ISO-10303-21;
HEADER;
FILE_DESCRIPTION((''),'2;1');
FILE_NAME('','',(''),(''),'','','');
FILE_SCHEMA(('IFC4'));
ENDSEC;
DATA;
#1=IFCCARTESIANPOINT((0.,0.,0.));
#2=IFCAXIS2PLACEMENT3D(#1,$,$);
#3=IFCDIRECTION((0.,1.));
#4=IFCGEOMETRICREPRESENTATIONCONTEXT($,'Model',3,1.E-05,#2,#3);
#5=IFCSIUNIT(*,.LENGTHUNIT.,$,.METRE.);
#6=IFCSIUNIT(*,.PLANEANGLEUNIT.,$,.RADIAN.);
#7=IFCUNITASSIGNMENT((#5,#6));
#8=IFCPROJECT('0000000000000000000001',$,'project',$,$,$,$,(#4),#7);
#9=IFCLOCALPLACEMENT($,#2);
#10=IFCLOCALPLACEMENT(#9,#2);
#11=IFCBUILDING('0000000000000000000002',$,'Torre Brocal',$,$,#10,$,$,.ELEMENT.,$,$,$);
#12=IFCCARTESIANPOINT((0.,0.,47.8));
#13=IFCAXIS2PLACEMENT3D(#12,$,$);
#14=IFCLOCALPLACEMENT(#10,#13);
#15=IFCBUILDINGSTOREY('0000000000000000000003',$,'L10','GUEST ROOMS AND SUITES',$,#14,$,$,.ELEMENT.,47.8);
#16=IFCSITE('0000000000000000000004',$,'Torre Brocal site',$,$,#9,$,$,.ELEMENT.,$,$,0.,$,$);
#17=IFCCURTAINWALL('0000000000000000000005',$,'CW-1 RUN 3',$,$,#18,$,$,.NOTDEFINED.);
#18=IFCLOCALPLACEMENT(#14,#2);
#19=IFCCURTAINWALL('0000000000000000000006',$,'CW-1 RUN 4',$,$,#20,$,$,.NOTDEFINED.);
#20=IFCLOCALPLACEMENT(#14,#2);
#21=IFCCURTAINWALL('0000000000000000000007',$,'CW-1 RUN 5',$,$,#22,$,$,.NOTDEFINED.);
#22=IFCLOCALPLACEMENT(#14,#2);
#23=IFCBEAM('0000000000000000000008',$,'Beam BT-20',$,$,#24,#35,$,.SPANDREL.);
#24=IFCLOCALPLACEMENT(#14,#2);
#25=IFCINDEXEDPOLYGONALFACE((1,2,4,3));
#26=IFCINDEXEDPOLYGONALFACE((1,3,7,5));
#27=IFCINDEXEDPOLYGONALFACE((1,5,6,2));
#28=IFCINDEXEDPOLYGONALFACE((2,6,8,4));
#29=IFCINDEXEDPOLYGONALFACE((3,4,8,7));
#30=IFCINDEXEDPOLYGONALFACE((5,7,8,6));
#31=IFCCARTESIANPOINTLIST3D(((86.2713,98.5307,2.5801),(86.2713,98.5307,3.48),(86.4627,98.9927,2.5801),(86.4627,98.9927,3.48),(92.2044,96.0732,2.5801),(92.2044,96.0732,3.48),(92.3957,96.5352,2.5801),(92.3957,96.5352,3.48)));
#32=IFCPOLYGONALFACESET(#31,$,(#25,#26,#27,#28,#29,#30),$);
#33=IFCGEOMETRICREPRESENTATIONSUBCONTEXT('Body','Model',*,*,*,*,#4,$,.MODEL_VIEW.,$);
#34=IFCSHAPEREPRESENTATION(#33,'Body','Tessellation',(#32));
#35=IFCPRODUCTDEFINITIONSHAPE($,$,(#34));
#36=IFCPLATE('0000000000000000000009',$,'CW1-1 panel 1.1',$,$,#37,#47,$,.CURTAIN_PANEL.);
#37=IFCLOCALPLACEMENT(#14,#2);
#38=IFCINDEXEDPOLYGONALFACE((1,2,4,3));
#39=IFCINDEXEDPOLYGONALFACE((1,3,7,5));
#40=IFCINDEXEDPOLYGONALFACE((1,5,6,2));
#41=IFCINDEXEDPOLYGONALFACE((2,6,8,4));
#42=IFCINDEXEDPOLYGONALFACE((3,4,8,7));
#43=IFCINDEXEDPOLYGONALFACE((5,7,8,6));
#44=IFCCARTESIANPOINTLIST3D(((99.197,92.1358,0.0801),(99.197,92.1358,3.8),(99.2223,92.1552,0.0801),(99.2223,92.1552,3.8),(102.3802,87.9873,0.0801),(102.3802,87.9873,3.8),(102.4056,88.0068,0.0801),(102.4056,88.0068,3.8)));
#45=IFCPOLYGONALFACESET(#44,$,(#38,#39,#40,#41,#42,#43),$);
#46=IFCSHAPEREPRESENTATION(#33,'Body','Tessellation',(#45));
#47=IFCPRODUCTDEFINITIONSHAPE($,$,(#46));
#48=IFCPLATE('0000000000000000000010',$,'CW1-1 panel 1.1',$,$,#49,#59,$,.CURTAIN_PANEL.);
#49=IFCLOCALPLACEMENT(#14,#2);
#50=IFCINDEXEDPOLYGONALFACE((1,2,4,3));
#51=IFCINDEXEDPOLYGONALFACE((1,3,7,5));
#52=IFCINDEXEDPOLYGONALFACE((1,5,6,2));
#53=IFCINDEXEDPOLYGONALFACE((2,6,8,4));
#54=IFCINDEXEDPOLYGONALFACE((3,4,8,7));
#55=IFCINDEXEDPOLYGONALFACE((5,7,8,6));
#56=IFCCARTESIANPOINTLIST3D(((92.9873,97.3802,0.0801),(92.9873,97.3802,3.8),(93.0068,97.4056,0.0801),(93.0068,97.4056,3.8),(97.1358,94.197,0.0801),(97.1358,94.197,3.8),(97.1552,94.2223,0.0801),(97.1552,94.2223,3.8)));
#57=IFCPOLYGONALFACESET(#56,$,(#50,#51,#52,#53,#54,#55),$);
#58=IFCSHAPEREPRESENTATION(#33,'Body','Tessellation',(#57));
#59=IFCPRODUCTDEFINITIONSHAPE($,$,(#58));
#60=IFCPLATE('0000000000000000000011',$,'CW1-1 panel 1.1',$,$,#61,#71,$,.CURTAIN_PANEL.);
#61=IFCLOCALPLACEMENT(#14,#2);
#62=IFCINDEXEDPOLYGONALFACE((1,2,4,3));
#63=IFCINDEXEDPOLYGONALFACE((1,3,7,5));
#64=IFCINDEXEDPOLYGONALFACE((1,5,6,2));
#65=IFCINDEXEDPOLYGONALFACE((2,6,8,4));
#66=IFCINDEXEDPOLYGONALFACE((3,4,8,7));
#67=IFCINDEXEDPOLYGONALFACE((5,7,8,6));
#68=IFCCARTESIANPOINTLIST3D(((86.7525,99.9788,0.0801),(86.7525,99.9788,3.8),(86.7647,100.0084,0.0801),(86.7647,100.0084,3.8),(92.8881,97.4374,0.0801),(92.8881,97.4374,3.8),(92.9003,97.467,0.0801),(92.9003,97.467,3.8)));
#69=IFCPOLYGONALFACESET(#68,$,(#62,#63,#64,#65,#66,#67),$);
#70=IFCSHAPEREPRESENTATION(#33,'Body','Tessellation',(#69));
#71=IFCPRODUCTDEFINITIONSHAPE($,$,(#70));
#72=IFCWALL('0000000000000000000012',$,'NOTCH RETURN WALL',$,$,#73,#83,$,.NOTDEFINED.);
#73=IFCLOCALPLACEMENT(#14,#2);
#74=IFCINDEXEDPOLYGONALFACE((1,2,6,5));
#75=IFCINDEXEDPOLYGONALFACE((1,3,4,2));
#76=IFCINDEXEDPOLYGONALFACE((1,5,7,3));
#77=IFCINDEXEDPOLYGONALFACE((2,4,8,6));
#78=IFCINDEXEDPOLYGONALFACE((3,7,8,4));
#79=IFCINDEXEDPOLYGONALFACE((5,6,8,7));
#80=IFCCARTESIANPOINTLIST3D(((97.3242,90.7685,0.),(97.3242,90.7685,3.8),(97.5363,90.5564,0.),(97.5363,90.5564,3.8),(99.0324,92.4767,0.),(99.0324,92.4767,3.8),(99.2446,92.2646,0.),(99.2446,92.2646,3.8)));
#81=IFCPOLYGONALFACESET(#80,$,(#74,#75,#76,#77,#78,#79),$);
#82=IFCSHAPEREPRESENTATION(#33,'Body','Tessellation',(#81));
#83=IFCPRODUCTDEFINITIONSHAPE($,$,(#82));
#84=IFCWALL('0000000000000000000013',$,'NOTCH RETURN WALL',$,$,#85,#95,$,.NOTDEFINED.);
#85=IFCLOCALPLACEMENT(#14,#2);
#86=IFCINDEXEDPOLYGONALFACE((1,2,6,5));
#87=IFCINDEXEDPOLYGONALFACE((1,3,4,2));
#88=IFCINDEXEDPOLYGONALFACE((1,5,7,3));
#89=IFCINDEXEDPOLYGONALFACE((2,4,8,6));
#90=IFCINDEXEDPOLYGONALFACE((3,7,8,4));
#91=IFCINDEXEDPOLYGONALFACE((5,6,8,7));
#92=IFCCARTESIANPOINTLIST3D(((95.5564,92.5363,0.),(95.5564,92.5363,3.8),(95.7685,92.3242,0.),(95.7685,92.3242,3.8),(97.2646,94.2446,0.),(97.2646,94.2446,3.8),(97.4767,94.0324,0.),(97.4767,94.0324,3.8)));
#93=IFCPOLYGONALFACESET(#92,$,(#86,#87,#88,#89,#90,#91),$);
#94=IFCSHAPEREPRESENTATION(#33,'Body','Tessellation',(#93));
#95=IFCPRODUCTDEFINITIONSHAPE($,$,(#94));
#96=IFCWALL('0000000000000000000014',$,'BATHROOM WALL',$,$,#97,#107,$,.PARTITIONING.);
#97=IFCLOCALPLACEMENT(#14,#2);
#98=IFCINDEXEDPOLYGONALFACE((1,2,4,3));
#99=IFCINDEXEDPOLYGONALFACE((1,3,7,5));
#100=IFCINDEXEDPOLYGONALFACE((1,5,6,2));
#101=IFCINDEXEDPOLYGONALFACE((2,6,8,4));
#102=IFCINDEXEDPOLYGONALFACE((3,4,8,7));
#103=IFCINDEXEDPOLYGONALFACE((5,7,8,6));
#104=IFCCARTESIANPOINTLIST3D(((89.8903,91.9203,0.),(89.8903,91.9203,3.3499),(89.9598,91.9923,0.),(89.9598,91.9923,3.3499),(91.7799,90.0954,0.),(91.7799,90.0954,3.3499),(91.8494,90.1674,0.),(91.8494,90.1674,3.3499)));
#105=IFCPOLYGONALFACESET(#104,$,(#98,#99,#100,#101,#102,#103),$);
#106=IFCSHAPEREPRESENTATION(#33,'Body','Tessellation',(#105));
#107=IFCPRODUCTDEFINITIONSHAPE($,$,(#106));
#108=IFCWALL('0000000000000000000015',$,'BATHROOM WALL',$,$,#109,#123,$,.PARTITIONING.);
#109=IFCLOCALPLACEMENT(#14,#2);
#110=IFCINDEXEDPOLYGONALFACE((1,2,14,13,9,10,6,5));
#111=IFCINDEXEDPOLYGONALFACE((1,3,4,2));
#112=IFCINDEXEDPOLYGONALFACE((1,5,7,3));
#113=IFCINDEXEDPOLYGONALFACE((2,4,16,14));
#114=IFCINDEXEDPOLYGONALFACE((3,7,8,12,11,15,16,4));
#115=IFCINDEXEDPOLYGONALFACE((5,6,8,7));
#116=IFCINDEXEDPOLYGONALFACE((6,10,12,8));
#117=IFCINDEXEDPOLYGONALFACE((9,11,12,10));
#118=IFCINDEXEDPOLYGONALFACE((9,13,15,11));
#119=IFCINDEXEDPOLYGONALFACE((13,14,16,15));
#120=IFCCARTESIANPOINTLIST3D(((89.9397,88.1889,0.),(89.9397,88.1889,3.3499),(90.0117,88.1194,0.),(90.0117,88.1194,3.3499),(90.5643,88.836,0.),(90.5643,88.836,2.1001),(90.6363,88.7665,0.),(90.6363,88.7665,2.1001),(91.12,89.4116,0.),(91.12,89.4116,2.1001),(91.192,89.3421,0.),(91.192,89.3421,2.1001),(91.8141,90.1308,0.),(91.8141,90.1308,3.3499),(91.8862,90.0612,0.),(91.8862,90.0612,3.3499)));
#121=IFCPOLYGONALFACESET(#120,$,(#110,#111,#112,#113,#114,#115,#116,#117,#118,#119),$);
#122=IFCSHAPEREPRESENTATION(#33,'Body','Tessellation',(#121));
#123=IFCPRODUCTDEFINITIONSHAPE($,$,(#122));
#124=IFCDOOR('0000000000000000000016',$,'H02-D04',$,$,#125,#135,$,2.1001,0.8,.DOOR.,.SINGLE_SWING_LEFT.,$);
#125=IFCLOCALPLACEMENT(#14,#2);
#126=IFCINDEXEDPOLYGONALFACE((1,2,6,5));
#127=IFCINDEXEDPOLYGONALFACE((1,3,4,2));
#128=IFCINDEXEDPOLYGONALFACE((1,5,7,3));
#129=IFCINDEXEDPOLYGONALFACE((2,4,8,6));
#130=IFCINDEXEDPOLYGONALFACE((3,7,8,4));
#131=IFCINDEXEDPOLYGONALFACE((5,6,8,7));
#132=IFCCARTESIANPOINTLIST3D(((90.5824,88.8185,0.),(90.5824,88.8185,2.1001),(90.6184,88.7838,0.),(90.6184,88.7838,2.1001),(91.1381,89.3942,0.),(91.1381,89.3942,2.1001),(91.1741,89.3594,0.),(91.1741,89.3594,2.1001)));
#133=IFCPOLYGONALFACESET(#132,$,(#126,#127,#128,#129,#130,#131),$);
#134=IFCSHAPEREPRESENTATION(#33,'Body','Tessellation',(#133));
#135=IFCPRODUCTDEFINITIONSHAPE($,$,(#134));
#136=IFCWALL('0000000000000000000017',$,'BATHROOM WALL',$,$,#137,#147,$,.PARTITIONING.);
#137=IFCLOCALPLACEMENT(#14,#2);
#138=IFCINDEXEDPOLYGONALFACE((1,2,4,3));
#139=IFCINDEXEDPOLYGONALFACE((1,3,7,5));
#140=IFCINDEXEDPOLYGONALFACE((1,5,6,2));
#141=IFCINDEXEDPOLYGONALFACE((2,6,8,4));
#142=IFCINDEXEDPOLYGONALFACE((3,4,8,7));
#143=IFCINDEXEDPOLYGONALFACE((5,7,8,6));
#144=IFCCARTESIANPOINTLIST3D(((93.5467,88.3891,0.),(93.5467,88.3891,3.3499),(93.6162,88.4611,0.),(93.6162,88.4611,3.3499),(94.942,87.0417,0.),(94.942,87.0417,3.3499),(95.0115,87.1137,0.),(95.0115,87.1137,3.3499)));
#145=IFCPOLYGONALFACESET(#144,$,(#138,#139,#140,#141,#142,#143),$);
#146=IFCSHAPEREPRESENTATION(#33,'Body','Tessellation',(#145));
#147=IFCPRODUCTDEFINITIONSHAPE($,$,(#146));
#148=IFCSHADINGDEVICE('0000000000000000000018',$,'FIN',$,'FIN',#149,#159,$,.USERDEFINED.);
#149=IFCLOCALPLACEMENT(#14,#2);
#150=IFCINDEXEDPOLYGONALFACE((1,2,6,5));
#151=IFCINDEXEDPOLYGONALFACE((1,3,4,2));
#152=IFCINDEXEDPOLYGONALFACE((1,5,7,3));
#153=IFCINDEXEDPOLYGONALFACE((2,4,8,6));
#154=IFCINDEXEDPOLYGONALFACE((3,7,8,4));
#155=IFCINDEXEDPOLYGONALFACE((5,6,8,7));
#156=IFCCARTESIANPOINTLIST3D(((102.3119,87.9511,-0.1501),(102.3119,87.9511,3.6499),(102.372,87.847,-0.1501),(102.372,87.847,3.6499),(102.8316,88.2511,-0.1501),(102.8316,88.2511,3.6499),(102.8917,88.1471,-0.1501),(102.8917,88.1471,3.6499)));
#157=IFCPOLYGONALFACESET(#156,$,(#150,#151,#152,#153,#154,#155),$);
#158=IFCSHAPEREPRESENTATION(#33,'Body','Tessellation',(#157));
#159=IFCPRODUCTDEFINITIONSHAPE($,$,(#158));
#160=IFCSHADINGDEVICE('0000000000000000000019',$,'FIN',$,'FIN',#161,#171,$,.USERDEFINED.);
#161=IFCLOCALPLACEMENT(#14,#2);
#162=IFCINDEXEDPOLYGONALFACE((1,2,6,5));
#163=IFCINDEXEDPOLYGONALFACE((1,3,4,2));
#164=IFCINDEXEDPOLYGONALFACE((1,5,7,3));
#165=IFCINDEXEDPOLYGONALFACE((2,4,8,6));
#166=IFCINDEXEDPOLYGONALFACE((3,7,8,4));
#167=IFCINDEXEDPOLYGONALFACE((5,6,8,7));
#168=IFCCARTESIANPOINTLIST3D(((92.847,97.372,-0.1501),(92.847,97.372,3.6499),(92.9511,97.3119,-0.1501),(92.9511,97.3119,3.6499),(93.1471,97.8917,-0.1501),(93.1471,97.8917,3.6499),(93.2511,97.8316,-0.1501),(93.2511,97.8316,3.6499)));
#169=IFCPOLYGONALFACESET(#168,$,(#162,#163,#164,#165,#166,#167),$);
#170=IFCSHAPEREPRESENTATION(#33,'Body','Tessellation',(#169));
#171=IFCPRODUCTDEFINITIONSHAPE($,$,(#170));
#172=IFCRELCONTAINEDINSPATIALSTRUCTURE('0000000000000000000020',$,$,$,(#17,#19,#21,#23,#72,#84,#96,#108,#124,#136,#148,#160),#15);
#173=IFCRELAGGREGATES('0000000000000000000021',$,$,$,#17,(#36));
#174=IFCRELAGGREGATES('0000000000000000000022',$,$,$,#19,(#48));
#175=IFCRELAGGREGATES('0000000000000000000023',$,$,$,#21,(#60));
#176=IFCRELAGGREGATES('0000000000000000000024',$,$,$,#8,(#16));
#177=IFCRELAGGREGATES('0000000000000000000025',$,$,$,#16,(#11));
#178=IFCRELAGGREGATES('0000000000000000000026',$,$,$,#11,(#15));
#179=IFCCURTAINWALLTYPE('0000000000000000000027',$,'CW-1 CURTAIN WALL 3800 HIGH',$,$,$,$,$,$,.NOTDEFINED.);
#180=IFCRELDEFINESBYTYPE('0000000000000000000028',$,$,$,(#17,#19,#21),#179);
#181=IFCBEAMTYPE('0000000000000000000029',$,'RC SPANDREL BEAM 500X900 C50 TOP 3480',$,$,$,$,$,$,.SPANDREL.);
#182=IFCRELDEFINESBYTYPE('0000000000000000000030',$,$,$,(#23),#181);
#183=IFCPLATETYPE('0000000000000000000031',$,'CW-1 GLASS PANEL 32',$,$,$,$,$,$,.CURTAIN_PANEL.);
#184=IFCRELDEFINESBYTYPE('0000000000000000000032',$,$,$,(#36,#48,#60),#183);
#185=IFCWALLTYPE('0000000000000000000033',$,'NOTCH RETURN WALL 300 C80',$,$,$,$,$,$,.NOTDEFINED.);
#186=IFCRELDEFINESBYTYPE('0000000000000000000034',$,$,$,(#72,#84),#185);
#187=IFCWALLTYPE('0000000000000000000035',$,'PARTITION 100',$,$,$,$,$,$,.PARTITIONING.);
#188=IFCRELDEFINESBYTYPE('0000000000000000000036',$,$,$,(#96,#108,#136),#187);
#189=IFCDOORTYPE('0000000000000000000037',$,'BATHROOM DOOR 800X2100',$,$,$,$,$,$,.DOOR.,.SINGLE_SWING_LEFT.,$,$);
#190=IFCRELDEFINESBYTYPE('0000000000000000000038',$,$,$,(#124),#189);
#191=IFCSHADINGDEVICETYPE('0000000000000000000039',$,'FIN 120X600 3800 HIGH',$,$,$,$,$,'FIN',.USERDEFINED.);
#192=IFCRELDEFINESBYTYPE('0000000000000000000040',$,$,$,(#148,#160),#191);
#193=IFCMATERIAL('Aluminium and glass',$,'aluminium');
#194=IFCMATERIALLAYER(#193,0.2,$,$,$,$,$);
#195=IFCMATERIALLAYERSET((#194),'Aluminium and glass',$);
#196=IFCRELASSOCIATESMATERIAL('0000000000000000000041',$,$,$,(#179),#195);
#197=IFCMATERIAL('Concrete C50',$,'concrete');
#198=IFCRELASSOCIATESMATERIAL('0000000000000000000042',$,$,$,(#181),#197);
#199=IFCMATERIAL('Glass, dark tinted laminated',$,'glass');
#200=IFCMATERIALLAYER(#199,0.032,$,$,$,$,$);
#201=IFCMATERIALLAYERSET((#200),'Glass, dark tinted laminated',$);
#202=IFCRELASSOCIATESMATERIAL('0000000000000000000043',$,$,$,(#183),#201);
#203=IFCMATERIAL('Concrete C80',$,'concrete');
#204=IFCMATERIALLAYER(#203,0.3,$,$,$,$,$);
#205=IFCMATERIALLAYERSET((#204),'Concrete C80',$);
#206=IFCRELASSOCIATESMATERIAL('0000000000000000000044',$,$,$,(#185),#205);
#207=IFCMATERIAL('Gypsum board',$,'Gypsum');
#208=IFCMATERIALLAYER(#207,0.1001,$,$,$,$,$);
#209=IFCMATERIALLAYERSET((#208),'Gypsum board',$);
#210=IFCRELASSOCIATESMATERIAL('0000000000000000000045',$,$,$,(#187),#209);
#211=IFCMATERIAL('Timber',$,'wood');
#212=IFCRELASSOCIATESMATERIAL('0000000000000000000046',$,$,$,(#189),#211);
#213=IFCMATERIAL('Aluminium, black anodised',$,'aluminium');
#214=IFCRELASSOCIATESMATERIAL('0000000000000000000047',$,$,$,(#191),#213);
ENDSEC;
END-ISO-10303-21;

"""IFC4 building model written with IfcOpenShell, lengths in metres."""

from ifc_helpers import new_model, si_unit, direction, frame, frame_2d, origin, origin_2d, place, context, subcontext, project, spatial, rectangle, extrude, material, layer, layer_set, material_profile, profile_set, type_object, element, fill, aggregate, save


model = new_model("IFC4")

# Units and contexts
model_context = context("Model", 3, precision=1e-05, world=origin(), true_north=direction((0.0, 1.0)))
body_context = subcontext(model_context, "Body", "Model", "MODEL_VIEW")
ifc_project = project(units=[si_unit("LENGTHUNIT", "METRE"), si_unit("PLANEANGLEUNIT", "RADIAN")], contexts=[model_context])

# Site, building, storey
site_placement = place(None, origin())
site = spatial("IfcSite", under=ifc_project, at=site_placement, Name="Torre Brocal site", CompositionType="ELEMENT", RefElevation=0.0)
building_placement = place(site_placement, origin())
building = spatial("IfcBuilding", under=site, at=building_placement, Name="Torre Brocal", CompositionType="ELEMENT")
storey_placement = place(building_placement, frame((0.0, 0.0, 47.8)))
storey = spatial("IfcBuildingStorey", under=building, at=storey_placement, Name="L10", Description="GUEST ROOMS AND SUITES", CompositionType="ELEMENT", Elevation=47.8)

# Shared definitions
ifc_material_1 = material(Name="Aluminium and glass", Category="aluminium")
ifc_layer_1 = layer(ifc_material_1, 0.2)
ifc_layer_set_1 = layer_set([ifc_layer_1], Name="Aluminium and glass")
curtain_wall_type = type_object("IfcCurtainWallType", Name="CW-1 CURTAIN WALL 3800 HIGH", PredefinedType="NOTDEFINED", material=ifc_layer_set_1)

# Curtain walls
curtain_wall_1_placement = place(storey_placement, origin())
curtain_wall_1 = element("IfcCurtainWall", 1, at=curtain_wall_1_placement, inside=storey, type_object=curtain_wall_type, Name="CW-1 RUN 3", PredefinedType="NOTDEFINED")
curtain_wall_2_placement = place(storey_placement, origin())
curtain_wall_2 = element("IfcCurtainWall", 2, at=curtain_wall_2_placement, inside=storey, type_object=curtain_wall_type, Name="CW-1 RUN 4", PredefinedType="NOTDEFINED")

# Curtain wall
curtain_wall_3_placement = place(storey_placement, origin())
curtain_wall_3 = element("IfcCurtainWall", 3, at=curtain_wall_3_placement, inside=storey, type_object=curtain_wall_type, Name="CW-1 RUN 5", PredefinedType="NOTDEFINED")

# Beam
ifc_material_2 = material(Name="Concrete C50", Category="concrete")
ifc_material_profile_1 = material_profile(ifc_material_2, rectangle(XDim=0.5, YDim=0.8999, at=origin_2d()), Name="RC 500X900")
ifc_profile_set_1 = profile_set([ifc_material_profile_1], Name="Concrete C50")
beam_type_1 = type_object("IfcBeamType", Name="RC SPANDREL BEAM 500X900 C50 TOP 3480", PredefinedType="SPANDREL", material=ifc_profile_set_1)
beam_1_placement = place(storey_placement, frame((92.3, 96.3042, 3.03), z_axis=(-0.923882, 0.382676, 0.0), x_axis=(-0.382676, -0.923882, 0.0)))
element("IfcBeam", 4, at=beam_1_placement, inside=storey, type_object=beam_type_1, Name="Beam BT-20", PredefinedType="SPANDREL", context=body_context, shape_type="SweptSolid", body=[
    extrude(rectangle(XDim=0.5, YDim=0.8999, at=origin_2d()), origin(), (0.0, 0.0, 1.0), 6.4219),
])

# Plates
ifc_material_3 = material(Name="Glass, dark tinted laminated", Category="glass")
ifc_layer_2 = layer(ifc_material_3, 0.032)
ifc_layer_set_2 = layer_set([ifc_layer_2], Name="Glass, dark tinted laminated")
plate_type = type_object("IfcPlateType", Name="CW-1 GLASS PANEL 32", PredefinedType="CURTAIN_PANEL", material=ifc_layer_set_2)
plate_1_placement = place(storey_placement, frame((100.8013, 90.0713, 0.0801), z_axis=(0.0, 0.0, 1.0), x_axis=(-0.608761, 0.793353, 0.0)))
plate_1 = element("IfcPlate", 5, at=plate_1_placement, type_object=plate_type, Name="CW1-1 panel 1.1", PredefinedType="CURTAIN_PANEL", context=body_context, shape_type="SweptSolid", body=[
    extrude(rectangle(XDim=5.229, YDim=0.032, at=origin_2d()), origin(), (0.0, 0.0, 1.0), 3.72),
])
aggregate(curtain_wall_1, [plate_1])
plate_2_placement = place(storey_placement, frame((95.0713, 95.8013, 0.0801), z_axis=(0.0, 0.0, 1.0), x_axis=(-0.793353, 0.608761, 0.0)))
plate_2 = element("IfcPlate", 6, at=plate_2_placement, type_object=plate_type, Name="CW1-1 panel 1.1", PredefinedType="CURTAIN_PANEL", context=body_context, shape_type="SweptSolid", body=[
    extrude(rectangle(XDim=5.229, YDim=0.032, at=origin_2d()), origin(), (0.0, 0.0, 1.0), 3.72),
])
aggregate(curtain_wall_2, [plate_2])
plate_3_placement = place(storey_placement, frame((89.8264, 98.7229, 0.0801), z_axis=(0.0, 0.0, 1.0), x_axis=(-0.92388, 0.382683, 0.0)))
plate_3 = element("IfcPlate", 7, at=plate_3_placement, type_object=plate_type, Name="CW1-1 panel 1.1", PredefinedType="CURTAIN_PANEL", context=body_context, shape_type="SweptSolid", body=[
    extrude(rectangle(XDim=6.6411, YDim=0.032, at=origin_2d()), origin(), (0.0, 0.0, 1.0), 3.72),
])
aggregate(curtain_wall_3, [plate_3])

# Walls
ifc_material_4 = material(Name="Concrete C80", Category="concrete")
ifc_layer_3 = layer(ifc_material_4, 0.3)
ifc_layer_set_3 = layer_set([ifc_layer_3], Name="Concrete C80")
wall_type_1 = type_object("IfcWallType", Name="NOTCH RETURN WALL 300 C80", PredefinedType="NOTDEFINED", material=ifc_layer_set_3)
for number, where, z_axis, x_axis, name in (
    (8, (97.4302, 90.6624, 0.0), (0.0, 0.0, 1.0), (0.707107, 0.707107, 0.0), "NOTCH RETURN WALL"),
    (9, (95.6624, 92.4302, 0.0), (0.0, 0.0, 1.0), (0.707107, 0.707107, 0.0), "NOTCH RETURN WALL"),
):
    element("IfcWall", number, at=place(storey_placement, frame(where, z_axis=z_axis, x_axis=x_axis)), inside=storey, type_object=wall_type_1, Name=name, PredefinedType="NOTDEFINED", context=body_context, shape_type="SweptSolid", body=[
        extrude(rectangle(XDim=2.4158, YDim=0.3, at=frame_2d((1.208, 0.0))), origin(), (0.0, 0.0, 1.0), 3.8),
    ])
ifc_material_5 = material(Name="Gypsum board", Category="Gypsum")
ifc_layer_4 = layer(ifc_material_5, 0.1001)
ifc_layer_set_4 = layer_set([ifc_layer_4], Name="Gypsum board")
wall_type_2 = type_object("IfcWallType", Name="PARTITION 100", PredefinedType="PARTITIONING", material=ifc_layer_set_4)
wall_1_placement = place(storey_placement, frame((89.925, 91.9563, 0.0), z_axis=(0.0, 0.0, 1.0), x_axis=(0.719313, -0.694686, 0.0)))
element("IfcWall", 10, at=wall_1_placement, inside=storey, type_object=wall_type_2, Name="BATHROOM WALL", PredefinedType="PARTITIONING", context=body_context, shape_type="SweptSolid", body=[
    extrude(rectangle(XDim=2.627, YDim=0.1001, at=frame_2d((1.3135, 0.0))), origin(), (0.0, 0.0, 1.0), 3.3499),
])

# Wall, opening, door
wall_2_placement = place(storey_placement, frame((89.9756, 88.1541, 0.0), z_axis=(0.0, 0.0, 1.0), x_axis=(0.694514, 0.719479, 0.0)))
wall_2 = element("IfcWall", 11, at=wall_2_placement, inside=storey, type_object=wall_type_2, Name="BATHROOM WALL", PredefinedType="PARTITIONING", context=body_context, shape_type="SweptSolid", body=[
    extrude(rectangle(XDim=2.699, YDim=0.1001, at=frame_2d((1.3496, 0.0))), origin(), (0.0, 0.0, 1.0), 3.3499),
])
opening_placement = place(wall_2_placement, frame((0.8997, 0.0, 0.0)))
opening = element("IfcOpeningElement", 12, at=opening_placement, cuts=wall_2, PredefinedType="OPENING", context=body_context, shape_type="SweptSolid", body=[
    extrude(rectangle(XDim=0.8, YDim=2.1001, at=frame_2d((0.3999, 1.05))), frame((0.0, 0.0601, 0.0), z_axis=(0.0, -1.0, 0.0), x_axis=(1.0, 0.0, 0.0)), (0.0, 0.0, 1.0), 0.1201),
])
ifc_material_6 = material(Name="Timber", Category="wood")
door_type = type_object("IfcDoorType", Name="BATHROOM DOOR 800X2100", OperationType="SINGLE_SWING_LEFT", PredefinedType="DOOR", material=ifc_material_6)
door_placement = place(opening_placement, origin())
door = element("IfcDoor", 13, at=door_placement, inside=storey, type_object=door_type, Name="H02-D04", OperationType="SINGLE_SWING_LEFT", OverallHeight=2.1001, OverallWidth=0.8, PredefinedType="DOOR", context=body_context, shape_type="SweptSolid", body=[
    extrude(rectangle(XDim=0.8, YDim=2.1001, at=frame_2d((0.3999, 1.05))), frame((0.0, 0.0249, 0.0), z_axis=(0.0, -1.0, 0.0), x_axis=(1.0, 0.0, 0.0)), (0.0, 0.0, 1.0), 0.05),
])
fill(opening, door)

# Wall
wall_3_placement = place(storey_placement, frame((93.5815, 88.425, 0.0), z_axis=(0.0, 0.0, 1.0), x_axis=(0.719334, -0.694664, 0.0)))
element("IfcWall", 14, at=wall_3_placement, inside=storey, type_object=wall_type_2, Name="BATHROOM WALL", PredefinedType="PARTITIONING", context=body_context, shape_type="SweptSolid", body=[
    extrude(rectangle(XDim=1.9397, YDim=0.1001, at=frame_2d((0.9697, 0.0))), origin(), (0.0, 0.0, 1.0), 3.3499),
])

# Shading devices
ifc_material_7 = material(Name="Aluminium, black anodised", Category="aluminium")
ifc_material_profile_2 = material_profile(ifc_material_7, rectangle(XDim=0.1201, YDim=0.6001, at=origin_2d()), Name="FIN 120X600 3800 HIGH")
ifc_profile_set_2 = profile_set([ifc_material_profile_2], Name="Aluminium, black anodised")
shading_device_type = type_object("IfcShadingDeviceType", Name="FIN 120X600 3800 HIGH", ElementType="FIN", PredefinedType="USERDEFINED", material=ifc_profile_set_2)
for number, where, z_axis, x_axis, name in (
    (15, (102.6018, 88.0491, -0.1501), (0.0, 0.0, 1.0), (-0.5, 0.866025, 0.0), "FIN"),
    (16, (93.0491, 97.6018, -0.1501), (0.0, 0.0, 1.0), (-0.866025, 0.5, 0.0), "FIN"),
):
    element("IfcShadingDevice", number, at=place(storey_placement, frame(where, z_axis=z_axis, x_axis=x_axis)), inside=storey, type_object=shading_device_type, Name=name, ObjectType="FIN", PredefinedType="USERDEFINED", context=body_context, shape_type="SweptSolid", body=[
        extrude(rectangle(XDim=0.1201, YDim=0.6001, at=origin_2d()), origin(), (0.0, 0.0, 1.0), 3.8),
    ])

save(model, "model.ifc")
